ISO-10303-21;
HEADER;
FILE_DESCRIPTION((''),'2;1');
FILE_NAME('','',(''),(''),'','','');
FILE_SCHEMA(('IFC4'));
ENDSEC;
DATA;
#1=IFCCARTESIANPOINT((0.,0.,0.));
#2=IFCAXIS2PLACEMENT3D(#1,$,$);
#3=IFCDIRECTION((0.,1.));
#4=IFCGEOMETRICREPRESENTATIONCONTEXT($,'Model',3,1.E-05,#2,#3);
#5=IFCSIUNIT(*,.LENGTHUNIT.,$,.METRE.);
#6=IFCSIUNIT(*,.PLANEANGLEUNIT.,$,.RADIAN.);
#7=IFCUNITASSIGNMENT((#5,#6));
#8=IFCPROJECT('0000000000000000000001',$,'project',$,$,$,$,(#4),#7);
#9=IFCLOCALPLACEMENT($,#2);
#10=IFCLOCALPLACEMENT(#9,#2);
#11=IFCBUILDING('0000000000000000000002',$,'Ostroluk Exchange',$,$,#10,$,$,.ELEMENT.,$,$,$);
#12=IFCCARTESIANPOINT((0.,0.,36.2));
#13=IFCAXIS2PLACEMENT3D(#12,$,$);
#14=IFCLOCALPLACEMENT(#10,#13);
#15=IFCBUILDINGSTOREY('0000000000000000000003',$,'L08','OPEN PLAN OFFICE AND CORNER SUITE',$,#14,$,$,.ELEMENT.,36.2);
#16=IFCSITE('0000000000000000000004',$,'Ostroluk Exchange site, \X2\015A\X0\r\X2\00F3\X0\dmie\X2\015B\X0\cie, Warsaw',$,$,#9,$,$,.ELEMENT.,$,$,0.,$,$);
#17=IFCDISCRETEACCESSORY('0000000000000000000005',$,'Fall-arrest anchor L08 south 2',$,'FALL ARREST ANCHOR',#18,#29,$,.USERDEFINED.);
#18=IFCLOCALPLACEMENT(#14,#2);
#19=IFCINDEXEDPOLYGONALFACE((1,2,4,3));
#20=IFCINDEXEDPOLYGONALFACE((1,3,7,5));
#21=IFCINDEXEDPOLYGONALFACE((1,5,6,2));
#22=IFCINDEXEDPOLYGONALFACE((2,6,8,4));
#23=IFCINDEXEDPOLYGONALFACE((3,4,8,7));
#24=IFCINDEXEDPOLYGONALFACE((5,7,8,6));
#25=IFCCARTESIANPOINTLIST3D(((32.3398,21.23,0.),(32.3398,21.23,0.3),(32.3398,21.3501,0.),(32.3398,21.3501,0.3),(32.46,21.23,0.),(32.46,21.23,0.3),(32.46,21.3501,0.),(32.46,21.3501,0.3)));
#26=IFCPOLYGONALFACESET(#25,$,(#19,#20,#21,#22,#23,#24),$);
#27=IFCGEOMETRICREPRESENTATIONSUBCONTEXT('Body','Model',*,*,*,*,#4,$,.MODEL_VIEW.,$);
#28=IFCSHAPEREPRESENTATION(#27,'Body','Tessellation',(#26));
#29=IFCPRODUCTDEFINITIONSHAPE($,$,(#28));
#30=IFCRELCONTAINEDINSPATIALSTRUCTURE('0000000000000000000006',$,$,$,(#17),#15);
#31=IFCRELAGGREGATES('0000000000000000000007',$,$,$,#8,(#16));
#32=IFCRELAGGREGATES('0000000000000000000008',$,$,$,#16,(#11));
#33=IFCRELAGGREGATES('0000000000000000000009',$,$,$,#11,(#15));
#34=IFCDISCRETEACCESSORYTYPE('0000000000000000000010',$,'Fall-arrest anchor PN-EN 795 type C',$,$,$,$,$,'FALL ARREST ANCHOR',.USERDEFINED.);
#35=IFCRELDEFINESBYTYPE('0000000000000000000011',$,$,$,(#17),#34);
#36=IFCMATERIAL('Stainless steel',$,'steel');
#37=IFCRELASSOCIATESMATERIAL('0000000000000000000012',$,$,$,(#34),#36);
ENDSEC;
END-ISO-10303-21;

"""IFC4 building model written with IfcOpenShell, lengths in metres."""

from ifc_helpers import new_model, si_unit, direction, frame, origin, origin_2d, place, context, subcontext, project, spatial, rectangle, extrude, material, type_object, element, save


model = new_model("IFC4")

# Units and contexts
model_context = context("Model", 3, precision=1e-05, world=origin(), true_north=direction((0.0, 1.0)))
body_context = subcontext(model_context, "Body", "Model", "MODEL_VIEW")
ifc_project = project(units=[si_unit("LENGTHUNIT", "METRE"), si_unit("PLANEANGLEUNIT", "RADIAN")], contexts=[model_context])

# Site, building, storey
site_placement = place(None, origin())
site = spatial("IfcSite", under=ifc_project, at=site_placement, Name="Ostroluk Exchange site, Śródmieście, Warsaw", CompositionType="ELEMENT", RefElevation=0.0)
building_placement = place(site_placement, origin())
building = spatial("IfcBuilding", under=site, at=building_placement, Name="Ostroluk Exchange", CompositionType="ELEMENT")
storey_placement = place(building_placement, frame((0.0, 0.0, 36.2)))
storey = spatial("IfcBuildingStorey", under=building, at=storey_placement, Name="L08", Description="OPEN PLAN OFFICE AND CORNER SUITE", CompositionType="ELEMENT", Elevation=36.2)

# Discrete accessory
ifc_material_1 = material(Name="Stainless steel", Category="steel")
discrete_accessory_type = type_object("IfcDiscreteAccessoryType", Name="Fall-arrest anchor PN-EN 795 type C", ElementType="FALL ARREST ANCHOR", PredefinedType="USERDEFINED", material=ifc_material_1)
for number, where, z_axis, x_axis, name in (
    (1, (32.3999, 21.29, 0.0), (0.0, 0.0, 1.0), (1.0, 0.0, 0.0), "Fall-arrest anchor L08 south 2"),
):
    element("IfcDiscreteAccessory", number, at=place(storey_placement, frame(where, z_axis=z_axis, x_axis=x_axis)), inside=storey, type_object=discrete_accessory_type, Name=name, ObjectType="FALL ARREST ANCHOR", PredefinedType="USERDEFINED", context=body_context, shape_type="SweptSolid", body=[
        extrude(rectangle(XDim=0.1201, YDim=0.1201, at=origin_2d()), origin(), (0.0, 0.0, 1.0), 0.3),
    ])

save(model, "model.ifc")
